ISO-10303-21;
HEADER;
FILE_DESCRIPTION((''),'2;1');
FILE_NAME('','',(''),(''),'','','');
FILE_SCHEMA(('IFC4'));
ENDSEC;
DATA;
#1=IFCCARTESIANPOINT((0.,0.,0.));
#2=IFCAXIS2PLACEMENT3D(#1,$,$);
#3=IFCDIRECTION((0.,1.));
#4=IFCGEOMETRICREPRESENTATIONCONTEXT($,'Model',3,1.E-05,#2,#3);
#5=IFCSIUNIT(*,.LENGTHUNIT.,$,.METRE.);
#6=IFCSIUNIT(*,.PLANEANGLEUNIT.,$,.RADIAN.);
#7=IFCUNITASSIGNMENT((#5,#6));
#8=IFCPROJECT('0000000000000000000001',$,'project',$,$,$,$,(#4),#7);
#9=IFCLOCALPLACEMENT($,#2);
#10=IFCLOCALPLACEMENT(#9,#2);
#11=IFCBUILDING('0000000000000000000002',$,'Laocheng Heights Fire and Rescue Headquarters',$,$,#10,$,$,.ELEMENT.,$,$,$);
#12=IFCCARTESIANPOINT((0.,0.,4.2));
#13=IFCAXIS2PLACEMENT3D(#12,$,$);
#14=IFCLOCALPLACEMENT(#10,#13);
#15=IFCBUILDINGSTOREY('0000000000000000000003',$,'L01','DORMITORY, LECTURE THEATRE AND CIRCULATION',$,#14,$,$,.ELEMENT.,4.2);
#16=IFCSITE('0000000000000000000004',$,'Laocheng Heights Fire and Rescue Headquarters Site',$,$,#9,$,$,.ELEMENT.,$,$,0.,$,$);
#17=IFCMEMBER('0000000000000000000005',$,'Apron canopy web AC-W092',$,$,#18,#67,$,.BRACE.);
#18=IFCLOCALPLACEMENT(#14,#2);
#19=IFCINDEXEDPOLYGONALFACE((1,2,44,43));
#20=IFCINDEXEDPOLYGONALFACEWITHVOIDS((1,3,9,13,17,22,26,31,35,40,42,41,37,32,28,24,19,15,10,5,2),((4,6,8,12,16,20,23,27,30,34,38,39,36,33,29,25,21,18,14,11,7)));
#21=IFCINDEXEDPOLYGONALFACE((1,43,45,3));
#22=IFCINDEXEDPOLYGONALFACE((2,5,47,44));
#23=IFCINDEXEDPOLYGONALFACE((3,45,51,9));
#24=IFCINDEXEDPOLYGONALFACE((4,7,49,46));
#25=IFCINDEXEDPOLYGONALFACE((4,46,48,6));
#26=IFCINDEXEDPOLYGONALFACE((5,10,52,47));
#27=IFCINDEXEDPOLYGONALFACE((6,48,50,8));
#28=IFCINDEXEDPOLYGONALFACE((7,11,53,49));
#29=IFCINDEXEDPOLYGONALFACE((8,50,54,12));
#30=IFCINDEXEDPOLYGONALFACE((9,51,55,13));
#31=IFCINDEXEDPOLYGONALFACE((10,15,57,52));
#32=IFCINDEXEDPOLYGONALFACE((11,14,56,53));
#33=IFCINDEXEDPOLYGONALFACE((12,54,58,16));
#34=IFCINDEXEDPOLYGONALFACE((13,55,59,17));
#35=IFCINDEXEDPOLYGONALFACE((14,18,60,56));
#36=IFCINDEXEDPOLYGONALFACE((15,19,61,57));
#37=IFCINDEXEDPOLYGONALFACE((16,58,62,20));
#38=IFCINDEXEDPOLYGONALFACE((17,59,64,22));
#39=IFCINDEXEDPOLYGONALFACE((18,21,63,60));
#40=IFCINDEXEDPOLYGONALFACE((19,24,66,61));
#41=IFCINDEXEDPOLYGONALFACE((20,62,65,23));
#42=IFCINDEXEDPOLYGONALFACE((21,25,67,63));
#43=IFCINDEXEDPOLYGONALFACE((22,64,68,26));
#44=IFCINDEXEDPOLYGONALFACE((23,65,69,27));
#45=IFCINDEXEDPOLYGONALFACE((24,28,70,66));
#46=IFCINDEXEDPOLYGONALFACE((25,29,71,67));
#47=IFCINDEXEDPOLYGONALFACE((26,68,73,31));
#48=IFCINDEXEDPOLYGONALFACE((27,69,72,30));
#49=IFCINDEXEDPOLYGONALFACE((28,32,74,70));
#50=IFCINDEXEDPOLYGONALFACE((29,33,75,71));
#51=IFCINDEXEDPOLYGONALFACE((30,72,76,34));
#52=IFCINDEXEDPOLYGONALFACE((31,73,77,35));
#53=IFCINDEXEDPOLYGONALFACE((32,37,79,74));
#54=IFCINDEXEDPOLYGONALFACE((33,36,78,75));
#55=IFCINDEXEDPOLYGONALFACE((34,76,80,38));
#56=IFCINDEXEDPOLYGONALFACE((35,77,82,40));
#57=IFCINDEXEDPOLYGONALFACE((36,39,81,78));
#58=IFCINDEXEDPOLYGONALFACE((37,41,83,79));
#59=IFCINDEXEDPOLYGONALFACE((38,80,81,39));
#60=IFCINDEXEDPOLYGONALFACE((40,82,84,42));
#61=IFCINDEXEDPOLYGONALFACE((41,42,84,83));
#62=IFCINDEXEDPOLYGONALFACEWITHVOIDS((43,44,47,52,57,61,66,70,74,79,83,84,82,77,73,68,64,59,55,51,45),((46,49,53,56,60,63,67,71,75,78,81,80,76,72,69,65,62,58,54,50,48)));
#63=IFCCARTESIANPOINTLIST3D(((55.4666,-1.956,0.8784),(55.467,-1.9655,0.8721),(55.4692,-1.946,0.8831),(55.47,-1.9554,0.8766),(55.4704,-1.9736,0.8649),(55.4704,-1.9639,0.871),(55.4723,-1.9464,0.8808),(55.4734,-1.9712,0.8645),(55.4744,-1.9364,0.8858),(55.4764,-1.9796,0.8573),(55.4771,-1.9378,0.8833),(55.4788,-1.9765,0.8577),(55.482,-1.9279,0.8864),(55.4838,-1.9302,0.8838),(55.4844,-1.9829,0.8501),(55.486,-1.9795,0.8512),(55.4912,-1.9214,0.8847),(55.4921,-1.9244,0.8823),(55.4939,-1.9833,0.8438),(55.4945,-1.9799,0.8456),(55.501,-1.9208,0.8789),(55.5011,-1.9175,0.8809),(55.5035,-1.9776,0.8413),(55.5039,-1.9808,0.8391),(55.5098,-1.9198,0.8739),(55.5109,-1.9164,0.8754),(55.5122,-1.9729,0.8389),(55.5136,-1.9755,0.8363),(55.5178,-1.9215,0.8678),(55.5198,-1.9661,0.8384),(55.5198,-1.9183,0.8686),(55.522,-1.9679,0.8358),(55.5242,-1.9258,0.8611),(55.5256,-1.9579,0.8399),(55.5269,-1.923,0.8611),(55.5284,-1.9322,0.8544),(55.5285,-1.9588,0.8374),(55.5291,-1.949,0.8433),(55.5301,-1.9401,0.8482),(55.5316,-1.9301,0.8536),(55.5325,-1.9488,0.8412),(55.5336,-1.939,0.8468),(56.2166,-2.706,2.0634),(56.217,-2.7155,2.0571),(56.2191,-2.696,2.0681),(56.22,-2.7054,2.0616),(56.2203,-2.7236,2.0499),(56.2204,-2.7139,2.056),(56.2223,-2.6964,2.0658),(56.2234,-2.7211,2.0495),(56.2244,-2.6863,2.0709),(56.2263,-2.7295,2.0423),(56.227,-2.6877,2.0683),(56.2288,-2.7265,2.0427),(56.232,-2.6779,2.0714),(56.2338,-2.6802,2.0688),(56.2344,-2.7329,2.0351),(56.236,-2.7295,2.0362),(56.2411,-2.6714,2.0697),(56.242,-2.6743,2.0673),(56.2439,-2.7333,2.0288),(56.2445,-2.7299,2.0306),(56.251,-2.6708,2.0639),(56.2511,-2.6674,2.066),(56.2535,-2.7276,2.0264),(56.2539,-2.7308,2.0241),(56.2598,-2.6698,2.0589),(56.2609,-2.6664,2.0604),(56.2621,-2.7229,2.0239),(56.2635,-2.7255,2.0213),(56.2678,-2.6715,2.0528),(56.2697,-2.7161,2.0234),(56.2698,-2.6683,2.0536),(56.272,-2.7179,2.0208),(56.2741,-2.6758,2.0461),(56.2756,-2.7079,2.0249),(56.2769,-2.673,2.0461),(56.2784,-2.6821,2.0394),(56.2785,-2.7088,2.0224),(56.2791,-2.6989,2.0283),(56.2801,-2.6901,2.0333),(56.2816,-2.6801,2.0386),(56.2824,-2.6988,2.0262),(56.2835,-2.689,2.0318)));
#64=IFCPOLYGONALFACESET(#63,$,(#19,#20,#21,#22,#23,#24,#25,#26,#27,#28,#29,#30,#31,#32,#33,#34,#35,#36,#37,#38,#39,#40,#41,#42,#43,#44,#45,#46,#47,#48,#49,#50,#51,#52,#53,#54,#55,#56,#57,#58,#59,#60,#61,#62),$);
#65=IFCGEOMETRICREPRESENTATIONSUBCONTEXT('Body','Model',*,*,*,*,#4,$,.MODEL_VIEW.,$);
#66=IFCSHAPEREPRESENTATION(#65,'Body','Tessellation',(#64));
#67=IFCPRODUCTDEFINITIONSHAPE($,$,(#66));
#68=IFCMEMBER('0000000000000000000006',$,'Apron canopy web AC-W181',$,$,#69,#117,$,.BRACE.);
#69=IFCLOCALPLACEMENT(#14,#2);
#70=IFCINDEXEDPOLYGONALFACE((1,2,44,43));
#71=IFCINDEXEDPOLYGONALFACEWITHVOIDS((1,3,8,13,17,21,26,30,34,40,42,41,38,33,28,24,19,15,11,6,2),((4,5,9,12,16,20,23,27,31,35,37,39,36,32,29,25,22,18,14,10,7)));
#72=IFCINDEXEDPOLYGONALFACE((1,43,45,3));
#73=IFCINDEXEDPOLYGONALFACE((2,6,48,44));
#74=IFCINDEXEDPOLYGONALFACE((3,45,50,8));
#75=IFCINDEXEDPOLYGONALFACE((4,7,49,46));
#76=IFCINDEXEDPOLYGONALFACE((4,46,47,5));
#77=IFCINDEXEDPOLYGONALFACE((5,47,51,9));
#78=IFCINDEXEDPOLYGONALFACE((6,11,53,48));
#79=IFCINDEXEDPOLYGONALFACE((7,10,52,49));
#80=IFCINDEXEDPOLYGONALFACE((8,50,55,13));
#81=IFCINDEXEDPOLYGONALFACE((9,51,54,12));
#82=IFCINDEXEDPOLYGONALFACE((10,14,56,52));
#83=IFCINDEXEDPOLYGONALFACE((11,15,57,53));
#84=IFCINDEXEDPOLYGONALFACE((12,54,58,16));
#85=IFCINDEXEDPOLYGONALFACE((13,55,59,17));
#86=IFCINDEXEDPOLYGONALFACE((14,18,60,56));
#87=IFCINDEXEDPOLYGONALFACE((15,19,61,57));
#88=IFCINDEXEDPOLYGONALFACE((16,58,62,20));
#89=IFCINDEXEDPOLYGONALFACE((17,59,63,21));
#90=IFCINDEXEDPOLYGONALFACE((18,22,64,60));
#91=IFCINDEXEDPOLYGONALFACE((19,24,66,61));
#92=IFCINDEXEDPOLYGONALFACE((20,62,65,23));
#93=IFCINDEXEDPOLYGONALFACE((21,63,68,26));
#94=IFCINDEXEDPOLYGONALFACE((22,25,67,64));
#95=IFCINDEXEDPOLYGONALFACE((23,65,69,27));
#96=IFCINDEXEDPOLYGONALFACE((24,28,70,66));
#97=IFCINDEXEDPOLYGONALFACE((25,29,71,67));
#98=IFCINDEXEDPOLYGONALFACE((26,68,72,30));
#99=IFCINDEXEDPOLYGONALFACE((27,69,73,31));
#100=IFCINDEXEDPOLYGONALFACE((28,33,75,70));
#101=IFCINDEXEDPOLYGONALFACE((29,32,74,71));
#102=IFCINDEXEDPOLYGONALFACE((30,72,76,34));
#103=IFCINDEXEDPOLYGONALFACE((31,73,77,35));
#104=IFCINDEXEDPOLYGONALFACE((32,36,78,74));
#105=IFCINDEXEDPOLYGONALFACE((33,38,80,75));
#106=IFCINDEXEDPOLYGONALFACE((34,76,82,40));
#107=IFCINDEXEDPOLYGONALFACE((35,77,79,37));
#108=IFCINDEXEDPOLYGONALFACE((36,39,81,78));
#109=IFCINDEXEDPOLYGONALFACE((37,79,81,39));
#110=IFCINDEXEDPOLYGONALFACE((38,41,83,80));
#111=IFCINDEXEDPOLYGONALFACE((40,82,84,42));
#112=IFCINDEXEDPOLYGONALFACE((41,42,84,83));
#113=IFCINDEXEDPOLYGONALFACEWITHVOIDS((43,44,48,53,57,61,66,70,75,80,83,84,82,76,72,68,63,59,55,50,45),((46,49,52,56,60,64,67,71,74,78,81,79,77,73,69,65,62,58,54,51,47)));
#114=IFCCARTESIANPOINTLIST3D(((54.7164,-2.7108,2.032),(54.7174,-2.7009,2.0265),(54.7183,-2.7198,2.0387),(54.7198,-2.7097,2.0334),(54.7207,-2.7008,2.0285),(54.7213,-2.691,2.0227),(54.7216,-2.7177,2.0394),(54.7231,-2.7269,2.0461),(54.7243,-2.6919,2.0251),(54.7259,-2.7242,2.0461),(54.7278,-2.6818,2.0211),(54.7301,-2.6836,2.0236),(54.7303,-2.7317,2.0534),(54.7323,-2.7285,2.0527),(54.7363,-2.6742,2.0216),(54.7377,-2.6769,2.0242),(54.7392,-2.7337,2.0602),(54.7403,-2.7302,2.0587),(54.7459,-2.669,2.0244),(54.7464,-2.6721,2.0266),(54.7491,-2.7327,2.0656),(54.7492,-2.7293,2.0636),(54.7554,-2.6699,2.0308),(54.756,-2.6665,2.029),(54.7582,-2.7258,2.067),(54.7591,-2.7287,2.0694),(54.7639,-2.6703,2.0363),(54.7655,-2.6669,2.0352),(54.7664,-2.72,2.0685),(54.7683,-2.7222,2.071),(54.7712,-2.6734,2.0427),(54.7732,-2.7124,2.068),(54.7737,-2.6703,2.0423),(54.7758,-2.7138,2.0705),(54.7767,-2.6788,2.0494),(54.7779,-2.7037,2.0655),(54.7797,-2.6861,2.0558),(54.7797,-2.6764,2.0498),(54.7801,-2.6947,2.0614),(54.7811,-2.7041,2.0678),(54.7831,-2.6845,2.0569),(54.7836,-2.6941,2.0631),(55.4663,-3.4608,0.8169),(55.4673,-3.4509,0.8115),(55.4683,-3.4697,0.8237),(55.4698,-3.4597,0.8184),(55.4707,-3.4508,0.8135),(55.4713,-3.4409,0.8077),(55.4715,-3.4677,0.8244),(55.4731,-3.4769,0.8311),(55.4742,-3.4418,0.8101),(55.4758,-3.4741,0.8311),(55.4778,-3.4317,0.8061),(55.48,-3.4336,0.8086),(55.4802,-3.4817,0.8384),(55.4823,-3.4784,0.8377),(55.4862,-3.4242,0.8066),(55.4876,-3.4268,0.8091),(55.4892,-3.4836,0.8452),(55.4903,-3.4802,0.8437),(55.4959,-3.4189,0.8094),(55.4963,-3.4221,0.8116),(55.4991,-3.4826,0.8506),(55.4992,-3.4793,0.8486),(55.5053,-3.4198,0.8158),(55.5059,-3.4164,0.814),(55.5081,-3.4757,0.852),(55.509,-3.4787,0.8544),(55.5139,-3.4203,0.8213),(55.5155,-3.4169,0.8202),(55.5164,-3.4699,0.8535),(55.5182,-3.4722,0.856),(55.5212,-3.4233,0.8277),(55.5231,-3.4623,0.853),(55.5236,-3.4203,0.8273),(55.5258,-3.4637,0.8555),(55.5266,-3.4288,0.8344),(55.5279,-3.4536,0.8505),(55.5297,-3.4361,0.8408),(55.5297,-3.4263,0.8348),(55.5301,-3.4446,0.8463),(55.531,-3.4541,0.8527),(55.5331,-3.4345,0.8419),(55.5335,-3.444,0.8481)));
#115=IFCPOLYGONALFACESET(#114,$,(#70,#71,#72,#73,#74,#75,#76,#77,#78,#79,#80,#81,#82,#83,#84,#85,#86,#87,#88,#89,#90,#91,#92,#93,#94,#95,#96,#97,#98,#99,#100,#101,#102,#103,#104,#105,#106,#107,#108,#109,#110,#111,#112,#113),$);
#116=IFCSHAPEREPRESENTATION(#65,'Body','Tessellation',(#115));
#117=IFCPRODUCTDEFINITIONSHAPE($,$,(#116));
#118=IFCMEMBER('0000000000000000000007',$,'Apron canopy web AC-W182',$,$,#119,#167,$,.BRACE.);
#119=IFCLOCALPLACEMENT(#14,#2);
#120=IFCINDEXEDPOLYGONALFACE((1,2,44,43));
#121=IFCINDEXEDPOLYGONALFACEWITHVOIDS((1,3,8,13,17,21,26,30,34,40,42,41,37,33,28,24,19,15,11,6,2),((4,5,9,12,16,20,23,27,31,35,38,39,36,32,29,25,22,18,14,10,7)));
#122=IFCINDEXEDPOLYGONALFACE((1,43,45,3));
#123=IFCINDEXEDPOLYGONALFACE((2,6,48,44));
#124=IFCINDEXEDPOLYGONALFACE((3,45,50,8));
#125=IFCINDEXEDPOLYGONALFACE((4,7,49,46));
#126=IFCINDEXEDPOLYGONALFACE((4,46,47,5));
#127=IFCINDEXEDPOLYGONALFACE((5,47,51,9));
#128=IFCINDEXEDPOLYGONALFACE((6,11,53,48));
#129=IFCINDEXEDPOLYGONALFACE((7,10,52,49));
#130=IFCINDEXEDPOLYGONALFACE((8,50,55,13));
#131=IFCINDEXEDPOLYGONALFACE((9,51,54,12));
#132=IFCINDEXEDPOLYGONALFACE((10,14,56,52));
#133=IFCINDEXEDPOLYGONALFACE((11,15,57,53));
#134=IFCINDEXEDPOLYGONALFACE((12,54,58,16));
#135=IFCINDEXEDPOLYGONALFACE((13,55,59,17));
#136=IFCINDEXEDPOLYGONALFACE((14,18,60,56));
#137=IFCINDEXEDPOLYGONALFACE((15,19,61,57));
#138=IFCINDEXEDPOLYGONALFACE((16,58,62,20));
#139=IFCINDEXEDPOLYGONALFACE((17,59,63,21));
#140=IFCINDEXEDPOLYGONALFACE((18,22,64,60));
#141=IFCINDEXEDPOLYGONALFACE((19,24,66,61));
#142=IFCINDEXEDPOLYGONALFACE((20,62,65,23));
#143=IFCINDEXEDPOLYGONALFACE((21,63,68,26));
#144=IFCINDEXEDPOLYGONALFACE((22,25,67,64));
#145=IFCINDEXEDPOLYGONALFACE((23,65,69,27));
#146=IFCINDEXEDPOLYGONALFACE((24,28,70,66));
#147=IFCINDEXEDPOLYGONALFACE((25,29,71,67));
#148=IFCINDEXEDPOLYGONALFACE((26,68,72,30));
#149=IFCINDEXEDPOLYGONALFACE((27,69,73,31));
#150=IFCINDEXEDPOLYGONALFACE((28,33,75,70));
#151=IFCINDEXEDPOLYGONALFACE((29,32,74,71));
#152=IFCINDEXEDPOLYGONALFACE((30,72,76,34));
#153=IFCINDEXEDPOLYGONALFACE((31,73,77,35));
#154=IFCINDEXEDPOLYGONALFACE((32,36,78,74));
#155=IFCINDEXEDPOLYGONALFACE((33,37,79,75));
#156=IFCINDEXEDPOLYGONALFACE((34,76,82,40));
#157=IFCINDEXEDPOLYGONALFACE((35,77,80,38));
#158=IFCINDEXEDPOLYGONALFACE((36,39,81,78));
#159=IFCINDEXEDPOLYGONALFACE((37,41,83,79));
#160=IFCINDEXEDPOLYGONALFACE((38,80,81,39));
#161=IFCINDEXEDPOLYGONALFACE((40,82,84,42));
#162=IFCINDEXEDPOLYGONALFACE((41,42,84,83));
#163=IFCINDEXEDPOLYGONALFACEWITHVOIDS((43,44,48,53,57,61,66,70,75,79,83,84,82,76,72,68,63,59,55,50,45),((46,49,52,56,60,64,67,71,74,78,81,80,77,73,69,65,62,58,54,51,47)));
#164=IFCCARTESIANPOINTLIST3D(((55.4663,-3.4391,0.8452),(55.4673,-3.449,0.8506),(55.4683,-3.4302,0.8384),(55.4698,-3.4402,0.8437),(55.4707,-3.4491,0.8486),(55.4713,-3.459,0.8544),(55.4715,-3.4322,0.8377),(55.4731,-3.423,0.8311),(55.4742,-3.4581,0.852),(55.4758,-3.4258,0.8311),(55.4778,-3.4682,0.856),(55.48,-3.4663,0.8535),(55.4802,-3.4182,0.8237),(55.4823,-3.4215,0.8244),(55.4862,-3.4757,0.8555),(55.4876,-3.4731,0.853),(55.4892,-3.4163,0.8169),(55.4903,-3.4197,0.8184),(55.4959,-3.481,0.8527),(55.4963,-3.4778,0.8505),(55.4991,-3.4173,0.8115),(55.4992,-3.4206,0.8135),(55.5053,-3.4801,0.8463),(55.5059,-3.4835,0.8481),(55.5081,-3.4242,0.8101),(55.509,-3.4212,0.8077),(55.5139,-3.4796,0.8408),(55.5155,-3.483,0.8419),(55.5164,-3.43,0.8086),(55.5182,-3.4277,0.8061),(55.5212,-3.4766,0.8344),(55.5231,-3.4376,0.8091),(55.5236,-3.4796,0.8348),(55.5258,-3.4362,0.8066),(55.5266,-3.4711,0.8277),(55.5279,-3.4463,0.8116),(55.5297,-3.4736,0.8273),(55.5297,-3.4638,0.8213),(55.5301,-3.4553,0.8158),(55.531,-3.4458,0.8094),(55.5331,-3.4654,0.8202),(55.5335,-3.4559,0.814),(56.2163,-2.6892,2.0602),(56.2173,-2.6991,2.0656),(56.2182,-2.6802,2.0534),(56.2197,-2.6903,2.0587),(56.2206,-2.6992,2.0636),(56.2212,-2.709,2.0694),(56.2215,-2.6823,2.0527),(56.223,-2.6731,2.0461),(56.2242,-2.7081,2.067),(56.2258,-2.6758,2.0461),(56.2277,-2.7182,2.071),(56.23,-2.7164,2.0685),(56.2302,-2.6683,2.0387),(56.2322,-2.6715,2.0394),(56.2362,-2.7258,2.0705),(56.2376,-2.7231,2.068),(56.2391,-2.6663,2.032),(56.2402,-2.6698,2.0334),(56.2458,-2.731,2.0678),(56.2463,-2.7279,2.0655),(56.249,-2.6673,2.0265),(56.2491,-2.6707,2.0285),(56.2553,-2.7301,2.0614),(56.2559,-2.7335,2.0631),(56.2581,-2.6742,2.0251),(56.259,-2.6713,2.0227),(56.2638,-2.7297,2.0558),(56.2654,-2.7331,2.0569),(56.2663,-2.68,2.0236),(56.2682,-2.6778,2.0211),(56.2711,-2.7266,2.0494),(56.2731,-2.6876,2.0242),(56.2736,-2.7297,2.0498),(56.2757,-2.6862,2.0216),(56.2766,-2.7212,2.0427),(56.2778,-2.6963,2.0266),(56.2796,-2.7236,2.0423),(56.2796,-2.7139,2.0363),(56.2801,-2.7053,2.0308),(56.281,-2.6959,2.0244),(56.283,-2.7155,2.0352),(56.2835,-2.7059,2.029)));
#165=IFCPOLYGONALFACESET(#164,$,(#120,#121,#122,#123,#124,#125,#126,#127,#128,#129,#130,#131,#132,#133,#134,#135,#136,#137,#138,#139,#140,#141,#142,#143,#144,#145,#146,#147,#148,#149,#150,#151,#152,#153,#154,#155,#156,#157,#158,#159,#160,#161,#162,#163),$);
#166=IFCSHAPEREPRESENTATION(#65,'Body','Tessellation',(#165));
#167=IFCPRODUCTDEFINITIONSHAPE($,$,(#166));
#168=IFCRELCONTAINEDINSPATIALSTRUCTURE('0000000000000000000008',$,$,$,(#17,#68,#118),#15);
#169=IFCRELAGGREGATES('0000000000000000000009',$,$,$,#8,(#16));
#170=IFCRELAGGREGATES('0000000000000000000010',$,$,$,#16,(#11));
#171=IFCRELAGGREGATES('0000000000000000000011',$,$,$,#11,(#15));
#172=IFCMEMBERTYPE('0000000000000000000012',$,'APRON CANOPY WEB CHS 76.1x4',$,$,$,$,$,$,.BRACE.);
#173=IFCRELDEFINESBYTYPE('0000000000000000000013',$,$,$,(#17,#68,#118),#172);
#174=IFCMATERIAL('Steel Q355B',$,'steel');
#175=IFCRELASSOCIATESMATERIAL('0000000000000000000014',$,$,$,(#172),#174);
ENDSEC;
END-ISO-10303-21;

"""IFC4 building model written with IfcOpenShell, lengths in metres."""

from ifc_helpers import new_model, si_unit, direction, frame, origin, origin_2d, place, context, subcontext, project, spatial, hollow_circle, extrude, material, material_profile, profile_set, type_object, element, save


model = new_model("IFC4")

# Units and contexts
model_context = context("Model", 3, precision=1e-05, world=origin(), true_north=direction((0.0, 1.0)))
body_context = subcontext(model_context, "Body", "Model", "MODEL_VIEW")
ifc_project = project(units=[si_unit("LENGTHUNIT", "METRE"), si_unit("PLANEANGLEUNIT", "RADIAN")], contexts=[model_context])

# Site, building, storey
site_placement = place(None, origin())
site = spatial("IfcSite", under=ifc_project, at=site_placement, Name="Laocheng Heights Fire and Rescue Headquarters Site", CompositionType="ELEMENT", RefElevation=0.0)
building_placement = place(site_placement, origin())
building = spatial("IfcBuilding", under=site, at=building_placement, Name="Laocheng Heights Fire and Rescue Headquarters", CompositionType="ELEMENT")
storey_placement = place(building_placement, frame((0.0, 0.0, 4.2)))
storey = spatial("IfcBuildingStorey", under=building, at=storey_placement, Name="L01", Description="DORMITORY, LECTURE THEATRE AND CIRCULATION", CompositionType="ELEMENT", Elevation=4.2)

# Members
ifc_material_1 = material(Name="Steel Q355B", Category="steel")
ifc_material_profile_1 = material_profile(ifc_material_1, hollow_circle(Radius=0.0381, WallThickness=0.0039, at=origin_2d()), Name="CHS 76.1x4")
ifc_profile_set_1 = profile_set([ifc_material_profile_1], Name="Steel Q355B")
member_type_1 = type_object("IfcMemberType", Name="APRON CANOPY WEB CHS 76.1x4", PredefinedType="BRACE", material=ifc_profile_set_1)
for number, where, z_axis, x_axis, name in (
    (1, (55.5, -1.95, 0.8611), (0.47158, -0.47158, 0.745134), (0.707107, 0.707107, 0.0), "Apron canopy web AC-W092"),
):
    element("IfcMember", number, at=place(storey_placement, frame(where, z_axis=z_axis, x_axis=x_axis)), inside=storey, type_object=member_type_1, Name=name, PredefinedType="BRACE", context=body_context, shape_type="SweptSolid", body=[
        extrude(hollow_circle(Radius=0.0381, WallThickness=0.0039, at=origin_2d()), origin(), (0.0, 0.0, 1.0), 1.5903),
    ])
for number, where, z_axis, x_axis, name in (
    (2, (55.5, -3.45, 0.8311), (-0.465002, 0.465002, 0.753357), (-0.707107, -0.707107, 0.0), "Apron canopy web AC-W181"),
    (3, (55.5, -3.45, 0.8311), (0.465002, 0.465002, 0.753357), (-0.707107, 0.707107, 0.0), "Apron canopy web AC-W182"),
):
    element("IfcMember", number, at=place(storey_placement, frame(where, z_axis=z_axis, x_axis=x_axis)), inside=storey, type_object=member_type_1, Name=name, PredefinedType="BRACE", context=body_context, shape_type="SweptSolid", body=[
        extrude(hollow_circle(Radius=0.0381, WallThickness=0.0039, at=origin_2d()), origin(), (0.0, 0.0, 1.0), 1.6128),
    ])

save(model, "model.ifc")
